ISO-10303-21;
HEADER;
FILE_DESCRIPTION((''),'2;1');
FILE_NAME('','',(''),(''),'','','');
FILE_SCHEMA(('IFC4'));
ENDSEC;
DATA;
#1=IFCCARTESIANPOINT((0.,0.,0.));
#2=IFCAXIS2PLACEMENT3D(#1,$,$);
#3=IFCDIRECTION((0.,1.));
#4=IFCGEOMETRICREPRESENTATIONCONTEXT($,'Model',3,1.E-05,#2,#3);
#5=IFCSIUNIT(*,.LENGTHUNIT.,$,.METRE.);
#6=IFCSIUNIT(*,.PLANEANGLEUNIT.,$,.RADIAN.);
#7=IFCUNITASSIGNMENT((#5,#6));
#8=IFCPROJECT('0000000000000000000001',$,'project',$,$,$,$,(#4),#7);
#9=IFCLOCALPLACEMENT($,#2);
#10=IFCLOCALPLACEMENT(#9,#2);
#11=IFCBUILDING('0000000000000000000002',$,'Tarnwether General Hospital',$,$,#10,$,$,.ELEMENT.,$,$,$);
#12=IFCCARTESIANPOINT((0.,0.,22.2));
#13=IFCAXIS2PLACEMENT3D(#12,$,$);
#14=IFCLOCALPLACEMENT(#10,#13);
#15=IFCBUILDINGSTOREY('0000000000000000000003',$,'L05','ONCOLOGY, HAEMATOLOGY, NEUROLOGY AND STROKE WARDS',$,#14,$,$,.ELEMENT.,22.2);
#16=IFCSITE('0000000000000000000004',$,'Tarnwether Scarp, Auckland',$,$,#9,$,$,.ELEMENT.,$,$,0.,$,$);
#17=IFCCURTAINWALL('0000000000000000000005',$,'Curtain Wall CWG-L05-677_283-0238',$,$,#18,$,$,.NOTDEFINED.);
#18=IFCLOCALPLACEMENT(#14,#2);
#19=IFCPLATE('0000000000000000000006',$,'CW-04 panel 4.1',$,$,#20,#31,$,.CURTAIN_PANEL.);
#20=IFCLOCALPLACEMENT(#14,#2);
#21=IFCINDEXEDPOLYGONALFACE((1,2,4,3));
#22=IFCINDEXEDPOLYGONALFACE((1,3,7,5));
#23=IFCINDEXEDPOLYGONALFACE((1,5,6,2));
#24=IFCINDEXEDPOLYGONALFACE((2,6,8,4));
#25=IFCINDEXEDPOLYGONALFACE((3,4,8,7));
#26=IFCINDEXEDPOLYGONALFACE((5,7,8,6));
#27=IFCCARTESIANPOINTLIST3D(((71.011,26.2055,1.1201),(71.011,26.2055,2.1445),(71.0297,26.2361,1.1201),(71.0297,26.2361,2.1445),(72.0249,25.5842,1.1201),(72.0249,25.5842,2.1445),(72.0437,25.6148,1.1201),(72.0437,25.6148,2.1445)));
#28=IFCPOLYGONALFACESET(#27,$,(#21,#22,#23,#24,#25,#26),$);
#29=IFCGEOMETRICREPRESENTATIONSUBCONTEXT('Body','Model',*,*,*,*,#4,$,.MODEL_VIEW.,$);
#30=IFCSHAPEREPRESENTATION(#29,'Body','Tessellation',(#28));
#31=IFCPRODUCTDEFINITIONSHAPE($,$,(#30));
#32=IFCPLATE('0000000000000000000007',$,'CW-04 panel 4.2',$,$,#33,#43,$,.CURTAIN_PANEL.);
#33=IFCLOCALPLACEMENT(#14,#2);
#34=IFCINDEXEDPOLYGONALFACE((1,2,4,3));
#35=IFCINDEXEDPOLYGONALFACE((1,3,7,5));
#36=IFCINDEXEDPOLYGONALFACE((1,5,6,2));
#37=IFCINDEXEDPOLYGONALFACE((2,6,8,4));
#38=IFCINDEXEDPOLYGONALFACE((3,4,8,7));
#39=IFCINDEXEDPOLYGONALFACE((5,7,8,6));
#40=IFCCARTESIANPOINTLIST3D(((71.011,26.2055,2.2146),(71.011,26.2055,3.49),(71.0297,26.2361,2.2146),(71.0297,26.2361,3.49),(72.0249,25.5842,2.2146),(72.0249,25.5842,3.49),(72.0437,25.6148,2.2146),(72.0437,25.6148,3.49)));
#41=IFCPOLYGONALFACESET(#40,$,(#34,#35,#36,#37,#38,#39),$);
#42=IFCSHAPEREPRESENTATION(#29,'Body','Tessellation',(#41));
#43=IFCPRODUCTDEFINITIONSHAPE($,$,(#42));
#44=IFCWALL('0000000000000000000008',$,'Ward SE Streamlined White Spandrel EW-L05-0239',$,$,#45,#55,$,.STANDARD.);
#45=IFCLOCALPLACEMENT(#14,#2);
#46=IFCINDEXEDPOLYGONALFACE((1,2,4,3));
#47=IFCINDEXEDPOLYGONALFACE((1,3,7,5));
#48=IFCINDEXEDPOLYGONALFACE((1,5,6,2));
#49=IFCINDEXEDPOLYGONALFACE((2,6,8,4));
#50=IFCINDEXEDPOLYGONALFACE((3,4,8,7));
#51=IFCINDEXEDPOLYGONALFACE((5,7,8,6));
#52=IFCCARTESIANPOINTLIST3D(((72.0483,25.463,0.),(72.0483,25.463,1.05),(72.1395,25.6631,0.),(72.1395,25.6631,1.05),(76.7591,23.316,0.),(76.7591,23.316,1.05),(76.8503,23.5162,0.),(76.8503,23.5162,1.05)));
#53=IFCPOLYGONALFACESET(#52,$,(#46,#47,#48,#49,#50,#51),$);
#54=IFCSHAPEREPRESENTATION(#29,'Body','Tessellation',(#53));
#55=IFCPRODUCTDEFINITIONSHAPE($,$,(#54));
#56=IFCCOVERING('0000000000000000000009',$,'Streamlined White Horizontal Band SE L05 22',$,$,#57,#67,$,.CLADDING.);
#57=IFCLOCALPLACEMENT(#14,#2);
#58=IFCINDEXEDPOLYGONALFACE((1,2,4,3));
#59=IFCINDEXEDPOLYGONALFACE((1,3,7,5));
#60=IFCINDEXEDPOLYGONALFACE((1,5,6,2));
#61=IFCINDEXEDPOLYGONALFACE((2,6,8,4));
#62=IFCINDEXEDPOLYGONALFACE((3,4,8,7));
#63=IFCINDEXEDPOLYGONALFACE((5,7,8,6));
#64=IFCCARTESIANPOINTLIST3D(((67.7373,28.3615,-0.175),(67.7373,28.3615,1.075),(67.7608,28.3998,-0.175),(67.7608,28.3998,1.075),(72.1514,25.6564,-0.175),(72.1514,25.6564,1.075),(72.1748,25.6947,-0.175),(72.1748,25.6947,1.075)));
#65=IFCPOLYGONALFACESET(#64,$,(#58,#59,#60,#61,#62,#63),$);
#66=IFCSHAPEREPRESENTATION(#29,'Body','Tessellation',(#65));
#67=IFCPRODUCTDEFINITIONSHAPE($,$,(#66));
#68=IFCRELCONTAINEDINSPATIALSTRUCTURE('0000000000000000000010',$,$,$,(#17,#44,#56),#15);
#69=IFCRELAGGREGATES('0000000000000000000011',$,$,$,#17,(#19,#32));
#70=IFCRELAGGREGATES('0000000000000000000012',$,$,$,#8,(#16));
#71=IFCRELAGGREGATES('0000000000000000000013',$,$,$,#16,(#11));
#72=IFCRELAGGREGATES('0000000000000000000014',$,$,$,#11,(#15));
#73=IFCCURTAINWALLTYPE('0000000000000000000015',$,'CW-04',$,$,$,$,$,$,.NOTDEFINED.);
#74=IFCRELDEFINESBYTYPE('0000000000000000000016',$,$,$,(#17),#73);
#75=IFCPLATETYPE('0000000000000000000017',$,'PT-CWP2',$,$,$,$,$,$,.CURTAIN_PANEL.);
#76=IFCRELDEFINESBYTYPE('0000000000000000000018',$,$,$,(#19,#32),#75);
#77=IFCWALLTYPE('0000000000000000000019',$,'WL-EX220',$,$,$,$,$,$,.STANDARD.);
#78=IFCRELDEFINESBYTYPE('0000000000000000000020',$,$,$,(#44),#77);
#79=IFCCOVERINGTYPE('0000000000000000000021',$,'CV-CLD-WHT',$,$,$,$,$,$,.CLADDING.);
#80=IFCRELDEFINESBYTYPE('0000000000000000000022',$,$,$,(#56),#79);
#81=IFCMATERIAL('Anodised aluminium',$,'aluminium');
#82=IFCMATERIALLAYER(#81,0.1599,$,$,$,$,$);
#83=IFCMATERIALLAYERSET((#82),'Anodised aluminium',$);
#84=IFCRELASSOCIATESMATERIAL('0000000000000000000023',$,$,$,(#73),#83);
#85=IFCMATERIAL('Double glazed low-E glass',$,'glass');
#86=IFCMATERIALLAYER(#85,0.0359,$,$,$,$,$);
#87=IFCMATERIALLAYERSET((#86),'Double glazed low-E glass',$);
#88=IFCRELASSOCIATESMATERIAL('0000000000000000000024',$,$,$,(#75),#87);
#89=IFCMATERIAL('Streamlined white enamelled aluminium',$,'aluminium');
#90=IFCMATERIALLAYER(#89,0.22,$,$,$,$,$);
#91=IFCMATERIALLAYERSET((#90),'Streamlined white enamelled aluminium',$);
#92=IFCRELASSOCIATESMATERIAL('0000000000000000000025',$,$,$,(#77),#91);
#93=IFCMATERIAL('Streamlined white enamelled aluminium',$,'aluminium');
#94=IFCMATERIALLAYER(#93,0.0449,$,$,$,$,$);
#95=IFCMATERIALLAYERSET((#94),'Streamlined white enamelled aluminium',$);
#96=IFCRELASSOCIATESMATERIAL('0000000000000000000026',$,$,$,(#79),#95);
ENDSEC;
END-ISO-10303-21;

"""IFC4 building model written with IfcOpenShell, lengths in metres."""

from ifc_helpers import new_model, si_unit, direction, frame, frame_2d, origin, origin_2d, place, context, subcontext, project, spatial, rectangle, extrude, material, layer, layer_set, type_object, element, aggregate, save


model = new_model("IFC4")

# Units and contexts
model_context = context("Model", 3, precision=1e-05, world=origin(), true_north=direction((0.0, 1.0)))
body_context = subcontext(model_context, "Body", "Model", "MODEL_VIEW")
ifc_project = project(units=[si_unit("LENGTHUNIT", "METRE"), si_unit("PLANEANGLEUNIT", "RADIAN")], contexts=[model_context])

# Site, building, storey
site_placement = place(None, origin())
site = spatial("IfcSite", under=ifc_project, at=site_placement, Name="Tarnwether Scarp, Auckland", CompositionType="ELEMENT", RefElevation=0.0)
building_placement = place(site_placement, origin())
building = spatial("IfcBuilding", under=site, at=building_placement, Name="Tarnwether General Hospital", CompositionType="ELEMENT")
storey_placement = place(building_placement, frame((0.0, 0.0, 22.2)))
storey = spatial("IfcBuildingStorey", under=building, at=storey_placement, Name="L05", Description="ONCOLOGY, HAEMATOLOGY, NEUROLOGY AND STROKE WARDS", CompositionType="ELEMENT", Elevation=22.2)

# Curtain wall
ifc_material_1 = material(Name="Anodised aluminium", Category="aluminium")
ifc_layer_1 = layer(ifc_material_1, 0.1599)
ifc_layer_set_1 = layer_set([ifc_layer_1], Name="Anodised aluminium")
curtain_wall_type = type_object("IfcCurtainWallType", Name="CW-04", PredefinedType="NOTDEFINED", material=ifc_layer_set_1)
curtain_wall_1_placement = place(storey_placement, origin())
curtain_wall_1 = element("IfcCurtainWall", 1, at=curtain_wall_1_placement, inside=storey, type_object=curtain_wall_type, Name="Curtain Wall CWG-L05-677_283-0238", PredefinedType="NOTDEFINED")

# Plates
ifc_material_2 = material(Name="Double glazed low-E glass", Category="glass")
ifc_layer_2 = layer(ifc_material_2, 0.0359)
ifc_layer_set_2 = layer_set([ifc_layer_2], Name="Double glazed low-E glass")
plate_type_1 = type_object("IfcPlateType", Name="PT-CWP2", PredefinedType="CURTAIN_PANEL", material=ifc_layer_set_2)
plate_1_placement = place(storey_placement, frame((71.5273, 25.9102, 1.1201), z_axis=(0.0, 0.0, 1.0), x_axis=(0.852632, -0.522512, 0.0)))
plate_1 = element("IfcPlate", 2, at=plate_1_placement, type_object=plate_type_1, Name="CW-04 panel 4.1", PredefinedType="CURTAIN_PANEL", context=body_context, shape_type="SweptSolid", body=[
    extrude(rectangle(XDim=1.1892, YDim=0.0359, at=origin_2d()), origin(), (0.0, 0.0, 1.0), 1.0244),
])
plate_2_placement = place(storey_placement, frame((71.5273, 25.9102, 2.2146), z_axis=(0.0, 0.0, 1.0), x_axis=(0.852632, -0.522512, 0.0)))
plate_2 = element("IfcPlate", 3, at=plate_2_placement, type_object=plate_type_1, Name="CW-04 panel 4.2", PredefinedType="CURTAIN_PANEL", context=body_context, shape_type="SweptSolid", body=[
    extrude(rectangle(XDim=1.1892, YDim=0.0359, at=origin_2d()), origin(), (0.0, 0.0, 1.0), 1.2754),
])
aggregate(curtain_wall_1, [plate_1, plate_2])

# Wall
ifc_material_3 = material(Name="Streamlined white enamelled aluminium", Category="aluminium")
ifc_layer_3 = layer(ifc_material_3, 0.22)
ifc_layer_set_3 = layer_set([ifc_layer_3], Name="Streamlined white enamelled aluminium")
wall_type = type_object("IfcWallType", Name="WL-EX220", PredefinedType="STANDARD", material=ifc_layer_set_3)
wall_placement = place(storey_placement, frame((72.094, 25.563, 0.0), z_axis=(0.0, 0.0, 1.0), x_axis=(0.909956, -0.414705, 0.0)))
element("IfcWall", 4, at=wall_placement, inside=storey, type_object=wall_type, Name="Ward SE Streamlined White Spandrel EW-L05-0239", PredefinedType="STANDARD", context=body_context, shape_type="SweptSolid", body=[
    extrude(rectangle(XDim=5.177, YDim=0.22, at=frame_2d((2.5884, 0.0))), origin(), (0.0, 0.0, 1.0), 1.05),
])

# Covering
ifc_material_4 = material(Name="Streamlined white enamelled aluminium", Category="aluminium")
ifc_layer_4 = layer(ifc_material_4, 0.0449)
ifc_layer_set_4 = layer_set([ifc_layer_4], Name="Streamlined white enamelled aluminium")
covering_type = type_object("IfcCoveringType", Name="CV-CLD-WHT", PredefinedType="CLADDING", material=ifc_layer_set_4)
covering_placement = place(storey_placement, frame((69.9561, 27.0281, -0.175), z_axis=(0.0, 0.0, 1.0), x_axis=(0.852631, -0.522513, 0.0)))
element("IfcCovering", 5, at=covering_placement, inside=storey, type_object=covering_type, Name="Streamlined White Horizontal Band SE L05 22", PredefinedType="CLADDING", context=body_context, shape_type="SweptSolid", body=[
    extrude(rectangle(XDim=5.177, YDim=0.0449, at=origin_2d()), origin(), (0.0, 0.0, 1.0), 1.25),
])

save(model, "model.ifc")
